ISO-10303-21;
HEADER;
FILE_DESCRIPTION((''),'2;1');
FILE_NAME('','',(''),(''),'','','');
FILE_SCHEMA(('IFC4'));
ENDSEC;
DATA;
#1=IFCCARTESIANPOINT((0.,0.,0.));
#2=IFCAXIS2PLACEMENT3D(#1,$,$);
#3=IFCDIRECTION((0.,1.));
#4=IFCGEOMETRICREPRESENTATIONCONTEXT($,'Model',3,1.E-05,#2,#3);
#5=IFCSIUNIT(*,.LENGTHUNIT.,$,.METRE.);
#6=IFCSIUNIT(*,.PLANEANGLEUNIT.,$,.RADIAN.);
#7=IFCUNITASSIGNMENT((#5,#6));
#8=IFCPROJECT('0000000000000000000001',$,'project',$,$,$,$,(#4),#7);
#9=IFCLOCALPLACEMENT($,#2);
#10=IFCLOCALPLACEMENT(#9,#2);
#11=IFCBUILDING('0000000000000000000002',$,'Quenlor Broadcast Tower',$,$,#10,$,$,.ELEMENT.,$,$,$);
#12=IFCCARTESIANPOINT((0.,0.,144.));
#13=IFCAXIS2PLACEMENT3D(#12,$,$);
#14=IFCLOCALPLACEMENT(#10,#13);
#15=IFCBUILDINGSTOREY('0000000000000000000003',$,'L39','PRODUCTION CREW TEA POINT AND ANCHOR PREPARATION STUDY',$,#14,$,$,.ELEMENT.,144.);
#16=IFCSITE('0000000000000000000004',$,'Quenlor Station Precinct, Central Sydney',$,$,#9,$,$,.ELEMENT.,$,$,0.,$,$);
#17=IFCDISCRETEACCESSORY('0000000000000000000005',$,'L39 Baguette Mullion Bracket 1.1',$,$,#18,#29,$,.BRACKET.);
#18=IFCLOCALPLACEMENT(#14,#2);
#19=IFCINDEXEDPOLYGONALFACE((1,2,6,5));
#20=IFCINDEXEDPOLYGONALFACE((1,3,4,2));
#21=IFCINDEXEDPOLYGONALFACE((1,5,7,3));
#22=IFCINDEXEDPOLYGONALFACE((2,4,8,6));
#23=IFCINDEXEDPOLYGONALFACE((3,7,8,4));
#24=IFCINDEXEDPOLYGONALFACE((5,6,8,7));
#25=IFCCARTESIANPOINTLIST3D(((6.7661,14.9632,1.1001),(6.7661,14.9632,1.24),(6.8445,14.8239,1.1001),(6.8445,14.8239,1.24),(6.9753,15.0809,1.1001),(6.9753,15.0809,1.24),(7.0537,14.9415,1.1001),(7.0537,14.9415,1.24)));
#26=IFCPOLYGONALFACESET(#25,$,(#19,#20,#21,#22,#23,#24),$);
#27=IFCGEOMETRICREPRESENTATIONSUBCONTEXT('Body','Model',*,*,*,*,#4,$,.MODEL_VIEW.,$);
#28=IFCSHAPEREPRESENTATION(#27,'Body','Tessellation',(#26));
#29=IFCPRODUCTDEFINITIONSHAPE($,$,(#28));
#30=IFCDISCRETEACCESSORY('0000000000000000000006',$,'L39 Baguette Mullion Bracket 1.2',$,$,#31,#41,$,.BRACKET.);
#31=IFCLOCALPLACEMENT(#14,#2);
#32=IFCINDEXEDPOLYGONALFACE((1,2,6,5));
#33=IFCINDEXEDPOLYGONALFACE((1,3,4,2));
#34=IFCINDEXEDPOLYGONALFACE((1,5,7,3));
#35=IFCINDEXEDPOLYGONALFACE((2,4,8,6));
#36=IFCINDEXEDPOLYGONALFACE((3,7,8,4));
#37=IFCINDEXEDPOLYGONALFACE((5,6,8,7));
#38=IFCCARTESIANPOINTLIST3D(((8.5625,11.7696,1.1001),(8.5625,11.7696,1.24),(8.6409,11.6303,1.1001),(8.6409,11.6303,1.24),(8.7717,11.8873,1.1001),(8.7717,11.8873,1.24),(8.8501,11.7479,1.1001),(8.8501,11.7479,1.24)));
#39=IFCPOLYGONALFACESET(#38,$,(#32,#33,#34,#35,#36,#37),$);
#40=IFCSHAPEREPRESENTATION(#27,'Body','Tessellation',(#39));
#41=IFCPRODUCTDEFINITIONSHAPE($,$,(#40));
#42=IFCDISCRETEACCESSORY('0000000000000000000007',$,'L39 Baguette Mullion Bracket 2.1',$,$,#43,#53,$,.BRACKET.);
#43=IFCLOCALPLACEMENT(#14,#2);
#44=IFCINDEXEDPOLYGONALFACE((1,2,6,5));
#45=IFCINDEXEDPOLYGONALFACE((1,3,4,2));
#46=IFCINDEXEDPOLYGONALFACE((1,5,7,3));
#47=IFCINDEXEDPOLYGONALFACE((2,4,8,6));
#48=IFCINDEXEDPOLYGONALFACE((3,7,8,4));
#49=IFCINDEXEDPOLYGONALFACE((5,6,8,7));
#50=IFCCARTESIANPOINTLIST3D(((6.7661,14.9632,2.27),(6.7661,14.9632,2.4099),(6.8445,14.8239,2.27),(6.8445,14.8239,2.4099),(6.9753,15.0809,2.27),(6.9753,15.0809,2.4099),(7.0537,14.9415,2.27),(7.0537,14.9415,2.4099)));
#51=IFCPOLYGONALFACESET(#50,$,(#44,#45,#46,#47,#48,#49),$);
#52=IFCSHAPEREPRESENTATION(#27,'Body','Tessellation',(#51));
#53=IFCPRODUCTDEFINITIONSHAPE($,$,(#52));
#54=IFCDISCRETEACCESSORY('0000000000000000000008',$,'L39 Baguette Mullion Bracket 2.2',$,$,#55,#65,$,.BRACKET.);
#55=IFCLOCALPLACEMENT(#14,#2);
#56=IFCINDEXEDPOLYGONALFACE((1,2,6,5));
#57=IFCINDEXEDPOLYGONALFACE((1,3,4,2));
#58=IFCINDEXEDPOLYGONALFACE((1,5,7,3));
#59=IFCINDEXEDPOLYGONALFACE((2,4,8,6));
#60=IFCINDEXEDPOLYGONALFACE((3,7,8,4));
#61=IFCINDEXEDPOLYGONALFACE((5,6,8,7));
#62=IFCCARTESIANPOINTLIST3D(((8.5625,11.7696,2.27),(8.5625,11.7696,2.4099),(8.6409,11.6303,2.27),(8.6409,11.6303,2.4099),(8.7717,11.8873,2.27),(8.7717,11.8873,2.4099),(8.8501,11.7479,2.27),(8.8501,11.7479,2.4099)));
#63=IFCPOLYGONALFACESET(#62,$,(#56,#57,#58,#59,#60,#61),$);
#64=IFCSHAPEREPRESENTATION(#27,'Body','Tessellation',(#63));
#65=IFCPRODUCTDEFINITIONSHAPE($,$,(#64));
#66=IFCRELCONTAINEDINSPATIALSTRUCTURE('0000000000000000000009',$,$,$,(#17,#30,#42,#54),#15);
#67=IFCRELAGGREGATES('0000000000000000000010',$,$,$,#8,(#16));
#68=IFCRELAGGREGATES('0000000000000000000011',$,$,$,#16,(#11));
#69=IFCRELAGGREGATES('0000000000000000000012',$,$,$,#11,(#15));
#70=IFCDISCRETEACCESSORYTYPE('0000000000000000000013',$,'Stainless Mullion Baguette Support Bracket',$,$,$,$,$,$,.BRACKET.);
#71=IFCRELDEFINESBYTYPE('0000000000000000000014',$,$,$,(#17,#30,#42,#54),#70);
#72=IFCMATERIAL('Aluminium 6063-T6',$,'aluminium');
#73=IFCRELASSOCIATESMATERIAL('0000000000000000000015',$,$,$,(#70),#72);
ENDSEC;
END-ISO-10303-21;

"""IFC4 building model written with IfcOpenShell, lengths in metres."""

from ifc_helpers import new_model, si_unit, direction, frame, origin, origin_2d, place, context, subcontext, project, spatial, rectangle, extrude, material, type_object, element, save


model = new_model("IFC4")

# Units and contexts
model_context = context("Model", 3, precision=1e-05, world=origin(), true_north=direction((0.0, 1.0)))
body_context = subcontext(model_context, "Body", "Model", "MODEL_VIEW")
ifc_project = project(units=[si_unit("LENGTHUNIT", "METRE"), si_unit("PLANEANGLEUNIT", "RADIAN")], contexts=[model_context])

# Site, building, storey
site_placement = place(None, origin())
site = spatial("IfcSite", under=ifc_project, at=site_placement, Name="Quenlor Station Precinct, Central Sydney", CompositionType="ELEMENT", RefElevation=0.0)
building_placement = place(site_placement, origin())
building = spatial("IfcBuilding", under=site, at=building_placement, Name="Quenlor Broadcast Tower", CompositionType="ELEMENT")
storey_placement = place(building_placement, frame((0.0, 0.0, 144.0)))
storey = spatial("IfcBuildingStorey", under=building, at=storey_placement, Name="L39", Description="PRODUCTION CREW TEA POINT AND ANCHOR PREPARATION STUDY", CompositionType="ELEMENT", Elevation=144.0)

# Discrete accessories
ifc_material_1 = material(Name="Aluminium 6063-T6", Category="aluminium")
discrete_accessory_type = type_object("IfcDiscreteAccessoryType", Name="Stainless Mullion Baguette Support Bracket", PredefinedType="BRACKET", material=ifc_material_1)
for number, where, z_axis, x_axis, name in (
    (1, (6.9099, 14.9524, 1.1001), (0.0, 0.0, 1.0), (0.49027, -0.871571, 0.0), "L39 Baguette Mullion Bracket 1.1"),
    (2, (8.7063, 11.7588, 1.1001), (0.0, 0.0, 1.0), (0.49027, -0.871571, 0.0), "L39 Baguette Mullion Bracket 1.2"),
    (3, (6.9099, 14.9524, 2.27), (0.0, 0.0, 1.0), (0.49027, -0.871571, 0.0), "L39 Baguette Mullion Bracket 2.1"),
    (4, (8.7063, 11.7588, 2.27), (0.0, 0.0, 1.0), (0.49027, -0.871571, 0.0), "L39 Baguette Mullion Bracket 2.2"),
):
    element("IfcDiscreteAccessory", number, at=place(storey_placement, frame(where, z_axis=z_axis, x_axis=x_axis)), inside=storey, type_object=discrete_accessory_type, Name=name, PredefinedType="BRACKET", context=body_context, shape_type="SweptSolid", body=[
        extrude(rectangle(XDim=0.1599, YDim=0.24, at=origin_2d()), origin(), (0.0, 0.0, 1.0), 0.1399),
    ])

save(model, "model.ifc")
